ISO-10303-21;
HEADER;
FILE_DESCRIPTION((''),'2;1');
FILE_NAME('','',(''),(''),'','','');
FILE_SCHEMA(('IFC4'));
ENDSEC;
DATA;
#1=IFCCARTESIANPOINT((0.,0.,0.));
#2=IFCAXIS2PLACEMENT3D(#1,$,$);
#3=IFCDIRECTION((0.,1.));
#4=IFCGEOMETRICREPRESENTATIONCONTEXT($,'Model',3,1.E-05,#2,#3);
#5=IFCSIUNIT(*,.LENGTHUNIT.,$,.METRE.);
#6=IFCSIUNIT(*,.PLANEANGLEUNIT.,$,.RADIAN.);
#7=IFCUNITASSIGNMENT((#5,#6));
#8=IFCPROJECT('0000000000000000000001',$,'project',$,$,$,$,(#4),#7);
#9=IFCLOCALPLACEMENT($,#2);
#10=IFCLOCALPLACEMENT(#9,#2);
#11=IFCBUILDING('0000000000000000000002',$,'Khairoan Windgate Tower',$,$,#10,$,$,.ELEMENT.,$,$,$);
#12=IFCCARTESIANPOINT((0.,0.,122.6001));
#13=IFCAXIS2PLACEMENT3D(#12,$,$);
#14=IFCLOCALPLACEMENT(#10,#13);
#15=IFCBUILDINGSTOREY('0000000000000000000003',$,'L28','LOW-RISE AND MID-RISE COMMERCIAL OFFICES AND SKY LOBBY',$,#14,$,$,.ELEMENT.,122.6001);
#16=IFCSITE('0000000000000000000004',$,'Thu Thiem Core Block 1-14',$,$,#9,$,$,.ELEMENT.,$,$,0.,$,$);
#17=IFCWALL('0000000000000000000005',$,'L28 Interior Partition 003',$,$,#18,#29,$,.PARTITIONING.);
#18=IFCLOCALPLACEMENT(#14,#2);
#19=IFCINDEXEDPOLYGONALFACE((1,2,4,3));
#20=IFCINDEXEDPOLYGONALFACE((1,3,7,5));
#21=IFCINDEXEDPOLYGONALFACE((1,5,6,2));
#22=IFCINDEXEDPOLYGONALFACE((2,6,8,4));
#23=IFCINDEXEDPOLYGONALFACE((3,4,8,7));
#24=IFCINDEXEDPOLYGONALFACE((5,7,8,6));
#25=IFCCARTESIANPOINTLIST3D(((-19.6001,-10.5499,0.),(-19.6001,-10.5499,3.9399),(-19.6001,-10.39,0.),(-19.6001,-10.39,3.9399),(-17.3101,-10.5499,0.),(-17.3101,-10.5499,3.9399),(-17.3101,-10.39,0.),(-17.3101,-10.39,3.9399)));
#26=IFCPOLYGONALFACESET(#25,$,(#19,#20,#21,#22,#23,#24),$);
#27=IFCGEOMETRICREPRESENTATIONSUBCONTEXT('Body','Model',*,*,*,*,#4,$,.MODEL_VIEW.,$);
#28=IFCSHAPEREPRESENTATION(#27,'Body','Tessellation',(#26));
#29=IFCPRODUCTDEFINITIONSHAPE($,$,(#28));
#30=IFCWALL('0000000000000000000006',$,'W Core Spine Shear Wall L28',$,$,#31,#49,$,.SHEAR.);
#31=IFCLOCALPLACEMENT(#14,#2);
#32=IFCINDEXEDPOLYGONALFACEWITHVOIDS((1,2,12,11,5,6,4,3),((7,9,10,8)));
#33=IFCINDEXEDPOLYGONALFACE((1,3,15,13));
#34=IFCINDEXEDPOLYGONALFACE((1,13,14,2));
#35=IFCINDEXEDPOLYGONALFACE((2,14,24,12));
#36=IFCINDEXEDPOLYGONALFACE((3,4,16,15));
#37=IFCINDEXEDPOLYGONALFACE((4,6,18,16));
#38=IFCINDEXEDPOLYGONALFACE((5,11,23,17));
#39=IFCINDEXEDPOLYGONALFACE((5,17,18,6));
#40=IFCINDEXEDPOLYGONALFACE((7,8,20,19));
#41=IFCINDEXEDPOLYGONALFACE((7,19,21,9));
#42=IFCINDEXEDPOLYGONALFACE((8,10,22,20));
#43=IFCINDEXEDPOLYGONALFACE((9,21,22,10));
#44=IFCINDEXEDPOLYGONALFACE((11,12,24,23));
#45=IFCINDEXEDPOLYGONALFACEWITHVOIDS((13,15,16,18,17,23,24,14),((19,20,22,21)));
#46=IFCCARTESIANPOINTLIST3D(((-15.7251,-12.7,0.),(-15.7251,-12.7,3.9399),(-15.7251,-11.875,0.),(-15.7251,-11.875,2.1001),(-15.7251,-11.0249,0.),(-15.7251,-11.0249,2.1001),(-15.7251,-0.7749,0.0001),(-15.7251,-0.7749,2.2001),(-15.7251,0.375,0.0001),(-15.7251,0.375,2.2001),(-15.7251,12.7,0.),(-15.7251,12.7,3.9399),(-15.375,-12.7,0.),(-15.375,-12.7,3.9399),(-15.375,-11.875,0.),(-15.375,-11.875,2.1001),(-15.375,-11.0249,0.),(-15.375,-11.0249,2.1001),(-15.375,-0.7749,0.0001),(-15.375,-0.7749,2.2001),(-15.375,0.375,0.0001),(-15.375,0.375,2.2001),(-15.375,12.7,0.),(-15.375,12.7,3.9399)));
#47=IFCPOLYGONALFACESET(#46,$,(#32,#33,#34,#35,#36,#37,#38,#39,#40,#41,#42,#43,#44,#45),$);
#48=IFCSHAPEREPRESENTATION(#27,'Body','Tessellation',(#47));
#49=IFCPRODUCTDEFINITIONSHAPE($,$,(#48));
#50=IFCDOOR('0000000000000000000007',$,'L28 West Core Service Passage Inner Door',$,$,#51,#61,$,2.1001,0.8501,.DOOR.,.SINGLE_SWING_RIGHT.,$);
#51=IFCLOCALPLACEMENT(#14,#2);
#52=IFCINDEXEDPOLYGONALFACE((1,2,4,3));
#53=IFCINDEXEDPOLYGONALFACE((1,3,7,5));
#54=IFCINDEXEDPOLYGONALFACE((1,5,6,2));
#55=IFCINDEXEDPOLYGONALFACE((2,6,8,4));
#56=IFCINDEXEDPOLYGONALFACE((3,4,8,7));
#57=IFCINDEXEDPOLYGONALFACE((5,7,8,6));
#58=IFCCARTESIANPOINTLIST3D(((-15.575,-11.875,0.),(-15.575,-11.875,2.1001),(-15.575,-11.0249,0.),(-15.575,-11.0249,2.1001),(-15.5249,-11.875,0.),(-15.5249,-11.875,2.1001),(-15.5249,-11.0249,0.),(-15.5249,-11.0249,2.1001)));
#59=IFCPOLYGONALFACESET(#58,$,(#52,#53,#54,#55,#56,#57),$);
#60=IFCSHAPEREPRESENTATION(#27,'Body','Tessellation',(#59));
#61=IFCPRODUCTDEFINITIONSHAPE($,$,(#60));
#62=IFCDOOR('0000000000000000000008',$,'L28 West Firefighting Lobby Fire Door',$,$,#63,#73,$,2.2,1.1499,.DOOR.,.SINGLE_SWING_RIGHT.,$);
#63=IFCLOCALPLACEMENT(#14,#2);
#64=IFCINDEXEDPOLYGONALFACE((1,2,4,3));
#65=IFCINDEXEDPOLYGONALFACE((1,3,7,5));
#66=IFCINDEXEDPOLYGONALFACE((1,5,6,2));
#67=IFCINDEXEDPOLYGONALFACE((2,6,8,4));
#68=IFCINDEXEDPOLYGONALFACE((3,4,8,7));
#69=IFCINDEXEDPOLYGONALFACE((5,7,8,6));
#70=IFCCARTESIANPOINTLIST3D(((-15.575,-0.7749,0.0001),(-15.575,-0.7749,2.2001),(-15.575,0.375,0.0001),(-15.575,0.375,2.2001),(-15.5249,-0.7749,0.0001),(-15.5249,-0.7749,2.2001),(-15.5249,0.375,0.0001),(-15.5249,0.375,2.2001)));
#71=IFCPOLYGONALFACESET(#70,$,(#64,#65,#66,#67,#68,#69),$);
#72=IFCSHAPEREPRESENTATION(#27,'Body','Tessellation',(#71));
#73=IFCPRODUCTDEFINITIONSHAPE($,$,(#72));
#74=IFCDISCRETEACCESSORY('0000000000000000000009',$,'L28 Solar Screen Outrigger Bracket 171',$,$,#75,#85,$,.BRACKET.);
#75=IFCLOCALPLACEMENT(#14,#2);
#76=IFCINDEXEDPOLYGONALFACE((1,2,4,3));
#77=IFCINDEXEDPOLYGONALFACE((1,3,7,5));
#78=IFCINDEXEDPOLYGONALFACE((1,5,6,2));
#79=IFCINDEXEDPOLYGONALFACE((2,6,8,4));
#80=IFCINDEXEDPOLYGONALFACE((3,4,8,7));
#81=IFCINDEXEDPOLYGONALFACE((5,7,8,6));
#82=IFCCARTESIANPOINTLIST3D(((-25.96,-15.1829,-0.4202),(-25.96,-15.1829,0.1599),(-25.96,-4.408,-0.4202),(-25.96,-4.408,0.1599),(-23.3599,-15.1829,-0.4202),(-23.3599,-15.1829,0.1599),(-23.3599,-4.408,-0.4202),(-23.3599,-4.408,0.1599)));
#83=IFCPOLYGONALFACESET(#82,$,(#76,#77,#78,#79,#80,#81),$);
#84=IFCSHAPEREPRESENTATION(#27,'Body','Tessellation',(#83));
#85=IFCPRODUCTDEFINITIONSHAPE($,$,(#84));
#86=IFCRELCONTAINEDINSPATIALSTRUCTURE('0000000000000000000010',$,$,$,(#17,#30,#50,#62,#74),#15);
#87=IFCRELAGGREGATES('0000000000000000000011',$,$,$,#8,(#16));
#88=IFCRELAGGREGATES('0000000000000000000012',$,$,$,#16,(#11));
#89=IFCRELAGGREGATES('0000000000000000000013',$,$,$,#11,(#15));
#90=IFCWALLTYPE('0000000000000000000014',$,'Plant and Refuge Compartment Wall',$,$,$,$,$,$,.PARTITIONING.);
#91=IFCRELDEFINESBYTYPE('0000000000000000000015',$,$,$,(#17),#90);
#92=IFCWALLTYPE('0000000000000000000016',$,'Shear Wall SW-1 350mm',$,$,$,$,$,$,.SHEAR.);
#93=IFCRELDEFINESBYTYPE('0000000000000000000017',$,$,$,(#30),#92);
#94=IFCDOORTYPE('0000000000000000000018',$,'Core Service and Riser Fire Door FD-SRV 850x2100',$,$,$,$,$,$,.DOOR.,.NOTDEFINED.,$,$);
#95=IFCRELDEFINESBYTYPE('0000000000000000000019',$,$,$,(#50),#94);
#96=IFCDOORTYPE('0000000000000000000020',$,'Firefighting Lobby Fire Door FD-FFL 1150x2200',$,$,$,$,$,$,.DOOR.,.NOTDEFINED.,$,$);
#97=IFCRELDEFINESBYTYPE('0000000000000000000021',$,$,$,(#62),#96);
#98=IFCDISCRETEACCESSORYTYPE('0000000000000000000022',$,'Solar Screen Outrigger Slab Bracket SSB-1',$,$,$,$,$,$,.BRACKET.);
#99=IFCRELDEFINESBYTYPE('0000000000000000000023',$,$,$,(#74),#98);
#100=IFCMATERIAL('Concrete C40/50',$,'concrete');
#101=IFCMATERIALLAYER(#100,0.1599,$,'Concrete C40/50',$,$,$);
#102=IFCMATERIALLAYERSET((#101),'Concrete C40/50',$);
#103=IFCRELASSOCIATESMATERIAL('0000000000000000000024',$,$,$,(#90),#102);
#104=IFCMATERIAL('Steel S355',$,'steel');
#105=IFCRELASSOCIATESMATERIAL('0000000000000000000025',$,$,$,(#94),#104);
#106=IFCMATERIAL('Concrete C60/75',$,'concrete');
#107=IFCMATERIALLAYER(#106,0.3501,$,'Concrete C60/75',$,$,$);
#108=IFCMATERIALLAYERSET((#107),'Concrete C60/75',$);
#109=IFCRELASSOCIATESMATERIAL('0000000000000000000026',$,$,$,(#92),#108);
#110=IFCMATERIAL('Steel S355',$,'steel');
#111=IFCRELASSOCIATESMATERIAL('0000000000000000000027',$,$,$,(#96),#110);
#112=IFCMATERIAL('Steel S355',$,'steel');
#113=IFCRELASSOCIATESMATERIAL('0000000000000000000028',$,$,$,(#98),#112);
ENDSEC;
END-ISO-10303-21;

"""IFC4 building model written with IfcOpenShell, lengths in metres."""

from ifc_helpers import new_model, si_unit, direction, frame, frame_2d, origin, origin_2d, place, context, subcontext, project, spatial, rectangle, extrude, material, layer, layer_set, type_object, element, fill, save


model = new_model("IFC4")

# Units and contexts
model_context = context("Model", 3, precision=1e-05, world=origin(), true_north=direction((0.0, 1.0)))
body_context = subcontext(model_context, "Body", "Model", "MODEL_VIEW")
ifc_project = project(units=[si_unit("LENGTHUNIT", "METRE"), si_unit("PLANEANGLEUNIT", "RADIAN")], contexts=[model_context])

# Site, building, storey
site_placement = place(None, origin())
site = spatial("IfcSite", under=ifc_project, at=site_placement, Name="Thu Thiem Core Block 1-14", CompositionType="ELEMENT", RefElevation=0.0)
building_placement = place(site_placement, origin())
building = spatial("IfcBuilding", under=site, at=building_placement, Name="Khairoan Windgate Tower", CompositionType="ELEMENT")
storey_placement = place(building_placement, frame((0.0, 0.0, 122.6001)))
storey = spatial("IfcBuildingStorey", under=building, at=storey_placement, Name="L28", Description="LOW-RISE AND MID-RISE COMMERCIAL OFFICES AND SKY LOBBY", CompositionType="ELEMENT", Elevation=122.6001)

# Shared definitions
ifc_material_1 = material(Name="Concrete C40/50", Category="concrete")
ifc_layer_1 = layer(ifc_material_1, 0.1599, Name="Concrete C40/50")
ifc_layer_set_1 = layer_set([ifc_layer_1], Name="Concrete C40/50")
wall_type_1 = type_object("IfcWallType", Name="Plant and Refuge Compartment Wall", PredefinedType="PARTITIONING", material=ifc_layer_set_1)
ifc_material_2 = material(Name="Steel S355", Category="steel")
door_type_1 = type_object("IfcDoorType", Name="Core Service and Riser Fire Door FD-SRV 850x2100", OperationType="NOTDEFINED", PredefinedType="DOOR", material=ifc_material_2)

# Wall
wall_1_placement = place(storey_placement, frame((-19.6001, -10.47, 0.0), z_axis=(0.0, 0.0, 1.0), x_axis=(1.0, 0.0, 0.0)))
element("IfcWall", 1, at=wall_1_placement, inside=storey, type_object=wall_type_1, Name="L28 Interior Partition 003", PredefinedType="PARTITIONING", context=body_context, shape_type="SweptSolid", body=[
    extrude(rectangle(XDim=2.29, YDim=0.1599, at=frame_2d((1.145, 0.0))), origin(), (0.0, 0.0, 1.0), 3.9399),
])

# Wall, openings, doors
ifc_material_3 = material(Name="Concrete C60/75", Category="concrete")
ifc_layer_2 = layer(ifc_material_3, 0.3501, Name="Concrete C60/75")
ifc_layer_set_2 = layer_set([ifc_layer_2], Name="Concrete C60/75")
wall_type_2 = type_object("IfcWallType", Name="Shear Wall SW-1 350mm", PredefinedType="SHEAR", material=ifc_layer_set_2)
wall_2_placement = place(storey_placement, frame((-15.55, -12.7, 0.0), z_axis=(0.0, 0.0, 1.0), x_axis=(0.0, 1.0, 0.0)))
wall_2 = element("IfcWall", 2, at=wall_2_placement, inside=storey, type_object=wall_type_2, Name="W Core Spine Shear Wall L28", PredefinedType="SHEAR", context=body_context, shape_type="SweptSolid", body=[
    extrude(rectangle(XDim=25.3999, YDim=0.3501, at=frame_2d((12.7, 0.0))), origin(), (0.0, 0.0, 1.0), 3.9399),
])
opening_1_placement = place(wall_2_placement, frame((11.925, 0.0, 0.0)))
opening_1 = element("IfcOpeningElement", 3, at=opening_1_placement, cuts=wall_2, PredefinedType="OPENING", context=body_context, shape_type="SweptSolid", body=[
    extrude(rectangle(XDim=1.1499, YDim=2.2, at=frame_2d((0.575, 1.1001))), frame((0.0, 0.1851, 0.0), z_axis=(0.0, -1.0, 0.0), x_axis=(1.0, 0.0, 0.0)), (0.0, 0.0, 1.0), 0.3701),
])
opening_2_placement = place(wall_2_placement, frame((0.825, 0.0, 0.0)))
opening_2 = element("IfcOpeningElement", 4, at=opening_2_placement, cuts=wall_2, PredefinedType="OPENING", context=body_context, shape_type="SweptSolid", body=[
    extrude(rectangle(XDim=0.8501, YDim=2.1001, at=frame_2d((0.425, 1.05))), frame((0.0, 0.1851, 0.0), z_axis=(0.0, -1.0, 0.0), x_axis=(1.0, 0.0, 0.0)), (0.0, 0.0, 1.0), 0.3701),
])
door_1_placement = place(opening_2_placement, origin())
door_1 = element("IfcDoor", 5, at=door_1_placement, inside=storey, type_object=door_type_1, Name="L28 West Core Service Passage Inner Door", OperationType="SINGLE_SWING_RIGHT", OverallHeight=2.1001, OverallWidth=0.8501, PredefinedType="DOOR", context=body_context, shape_type="SweptSolid", body=[
    extrude(rectangle(XDim=0.8501, YDim=2.1001, at=frame_2d((0.425, 1.05))), frame((0.0, 0.0249, 0.0), z_axis=(0.0, -1.0, 0.0), x_axis=(1.0, 0.0, 0.0)), (0.0, 0.0, 1.0), 0.05),
])
fill(opening_2, door_1)
ifc_material_4 = material(Name="Steel S355", Category="steel")
door_type_2 = type_object("IfcDoorType", Name="Firefighting Lobby Fire Door FD-FFL 1150x2200", OperationType="NOTDEFINED", PredefinedType="DOOR", material=ifc_material_4)
door_2_placement = place(opening_1_placement, origin())
door_2 = element("IfcDoor", 6, at=door_2_placement, inside=storey, type_object=door_type_2, Name="L28 West Firefighting Lobby Fire Door", OperationType="SINGLE_SWING_RIGHT", OverallHeight=2.2, OverallWidth=1.1499, PredefinedType="DOOR", context=body_context, shape_type="SweptSolid", body=[
    extrude(rectangle(XDim=1.1499, YDim=2.2, at=frame_2d((0.575, 1.1001))), frame((0.0, 0.0249, 0.0), z_axis=(0.0, -1.0, 0.0), x_axis=(1.0, 0.0, 0.0)), (0.0, 0.0, 1.0), 0.05),
])
fill(opening_1, door_2)

# Discrete accessory
ifc_material_5 = material(Name="Steel S355", Category="steel")
discrete_accessory_type = type_object("IfcDiscreteAccessoryType", Name="Solar Screen Outrigger Slab Bracket SSB-1", PredefinedType="BRACKET", material=ifc_material_5)
discrete_accessory_placement = place(storey_placement, frame((-24.6599, -9.7954, -0.4202), z_axis=(0.0, 0.0, 1.0), x_axis=(0.0, 1.0, 0.0)))
element("IfcDiscreteAccessory", 7, at=discrete_accessory_placement, inside=storey, type_object=discrete_accessory_type, Name="L28 Solar Screen Outrigger Bracket 171", PredefinedType="BRACKET", context=body_context, shape_type="SweptSolid", body=[
    extrude(rectangle(XDim=10.7749, YDim=2.6001, at=origin_2d()), origin(), (0.0, 0.0, 1.0), 0.5801),
])

save(model, "model.ifc")
